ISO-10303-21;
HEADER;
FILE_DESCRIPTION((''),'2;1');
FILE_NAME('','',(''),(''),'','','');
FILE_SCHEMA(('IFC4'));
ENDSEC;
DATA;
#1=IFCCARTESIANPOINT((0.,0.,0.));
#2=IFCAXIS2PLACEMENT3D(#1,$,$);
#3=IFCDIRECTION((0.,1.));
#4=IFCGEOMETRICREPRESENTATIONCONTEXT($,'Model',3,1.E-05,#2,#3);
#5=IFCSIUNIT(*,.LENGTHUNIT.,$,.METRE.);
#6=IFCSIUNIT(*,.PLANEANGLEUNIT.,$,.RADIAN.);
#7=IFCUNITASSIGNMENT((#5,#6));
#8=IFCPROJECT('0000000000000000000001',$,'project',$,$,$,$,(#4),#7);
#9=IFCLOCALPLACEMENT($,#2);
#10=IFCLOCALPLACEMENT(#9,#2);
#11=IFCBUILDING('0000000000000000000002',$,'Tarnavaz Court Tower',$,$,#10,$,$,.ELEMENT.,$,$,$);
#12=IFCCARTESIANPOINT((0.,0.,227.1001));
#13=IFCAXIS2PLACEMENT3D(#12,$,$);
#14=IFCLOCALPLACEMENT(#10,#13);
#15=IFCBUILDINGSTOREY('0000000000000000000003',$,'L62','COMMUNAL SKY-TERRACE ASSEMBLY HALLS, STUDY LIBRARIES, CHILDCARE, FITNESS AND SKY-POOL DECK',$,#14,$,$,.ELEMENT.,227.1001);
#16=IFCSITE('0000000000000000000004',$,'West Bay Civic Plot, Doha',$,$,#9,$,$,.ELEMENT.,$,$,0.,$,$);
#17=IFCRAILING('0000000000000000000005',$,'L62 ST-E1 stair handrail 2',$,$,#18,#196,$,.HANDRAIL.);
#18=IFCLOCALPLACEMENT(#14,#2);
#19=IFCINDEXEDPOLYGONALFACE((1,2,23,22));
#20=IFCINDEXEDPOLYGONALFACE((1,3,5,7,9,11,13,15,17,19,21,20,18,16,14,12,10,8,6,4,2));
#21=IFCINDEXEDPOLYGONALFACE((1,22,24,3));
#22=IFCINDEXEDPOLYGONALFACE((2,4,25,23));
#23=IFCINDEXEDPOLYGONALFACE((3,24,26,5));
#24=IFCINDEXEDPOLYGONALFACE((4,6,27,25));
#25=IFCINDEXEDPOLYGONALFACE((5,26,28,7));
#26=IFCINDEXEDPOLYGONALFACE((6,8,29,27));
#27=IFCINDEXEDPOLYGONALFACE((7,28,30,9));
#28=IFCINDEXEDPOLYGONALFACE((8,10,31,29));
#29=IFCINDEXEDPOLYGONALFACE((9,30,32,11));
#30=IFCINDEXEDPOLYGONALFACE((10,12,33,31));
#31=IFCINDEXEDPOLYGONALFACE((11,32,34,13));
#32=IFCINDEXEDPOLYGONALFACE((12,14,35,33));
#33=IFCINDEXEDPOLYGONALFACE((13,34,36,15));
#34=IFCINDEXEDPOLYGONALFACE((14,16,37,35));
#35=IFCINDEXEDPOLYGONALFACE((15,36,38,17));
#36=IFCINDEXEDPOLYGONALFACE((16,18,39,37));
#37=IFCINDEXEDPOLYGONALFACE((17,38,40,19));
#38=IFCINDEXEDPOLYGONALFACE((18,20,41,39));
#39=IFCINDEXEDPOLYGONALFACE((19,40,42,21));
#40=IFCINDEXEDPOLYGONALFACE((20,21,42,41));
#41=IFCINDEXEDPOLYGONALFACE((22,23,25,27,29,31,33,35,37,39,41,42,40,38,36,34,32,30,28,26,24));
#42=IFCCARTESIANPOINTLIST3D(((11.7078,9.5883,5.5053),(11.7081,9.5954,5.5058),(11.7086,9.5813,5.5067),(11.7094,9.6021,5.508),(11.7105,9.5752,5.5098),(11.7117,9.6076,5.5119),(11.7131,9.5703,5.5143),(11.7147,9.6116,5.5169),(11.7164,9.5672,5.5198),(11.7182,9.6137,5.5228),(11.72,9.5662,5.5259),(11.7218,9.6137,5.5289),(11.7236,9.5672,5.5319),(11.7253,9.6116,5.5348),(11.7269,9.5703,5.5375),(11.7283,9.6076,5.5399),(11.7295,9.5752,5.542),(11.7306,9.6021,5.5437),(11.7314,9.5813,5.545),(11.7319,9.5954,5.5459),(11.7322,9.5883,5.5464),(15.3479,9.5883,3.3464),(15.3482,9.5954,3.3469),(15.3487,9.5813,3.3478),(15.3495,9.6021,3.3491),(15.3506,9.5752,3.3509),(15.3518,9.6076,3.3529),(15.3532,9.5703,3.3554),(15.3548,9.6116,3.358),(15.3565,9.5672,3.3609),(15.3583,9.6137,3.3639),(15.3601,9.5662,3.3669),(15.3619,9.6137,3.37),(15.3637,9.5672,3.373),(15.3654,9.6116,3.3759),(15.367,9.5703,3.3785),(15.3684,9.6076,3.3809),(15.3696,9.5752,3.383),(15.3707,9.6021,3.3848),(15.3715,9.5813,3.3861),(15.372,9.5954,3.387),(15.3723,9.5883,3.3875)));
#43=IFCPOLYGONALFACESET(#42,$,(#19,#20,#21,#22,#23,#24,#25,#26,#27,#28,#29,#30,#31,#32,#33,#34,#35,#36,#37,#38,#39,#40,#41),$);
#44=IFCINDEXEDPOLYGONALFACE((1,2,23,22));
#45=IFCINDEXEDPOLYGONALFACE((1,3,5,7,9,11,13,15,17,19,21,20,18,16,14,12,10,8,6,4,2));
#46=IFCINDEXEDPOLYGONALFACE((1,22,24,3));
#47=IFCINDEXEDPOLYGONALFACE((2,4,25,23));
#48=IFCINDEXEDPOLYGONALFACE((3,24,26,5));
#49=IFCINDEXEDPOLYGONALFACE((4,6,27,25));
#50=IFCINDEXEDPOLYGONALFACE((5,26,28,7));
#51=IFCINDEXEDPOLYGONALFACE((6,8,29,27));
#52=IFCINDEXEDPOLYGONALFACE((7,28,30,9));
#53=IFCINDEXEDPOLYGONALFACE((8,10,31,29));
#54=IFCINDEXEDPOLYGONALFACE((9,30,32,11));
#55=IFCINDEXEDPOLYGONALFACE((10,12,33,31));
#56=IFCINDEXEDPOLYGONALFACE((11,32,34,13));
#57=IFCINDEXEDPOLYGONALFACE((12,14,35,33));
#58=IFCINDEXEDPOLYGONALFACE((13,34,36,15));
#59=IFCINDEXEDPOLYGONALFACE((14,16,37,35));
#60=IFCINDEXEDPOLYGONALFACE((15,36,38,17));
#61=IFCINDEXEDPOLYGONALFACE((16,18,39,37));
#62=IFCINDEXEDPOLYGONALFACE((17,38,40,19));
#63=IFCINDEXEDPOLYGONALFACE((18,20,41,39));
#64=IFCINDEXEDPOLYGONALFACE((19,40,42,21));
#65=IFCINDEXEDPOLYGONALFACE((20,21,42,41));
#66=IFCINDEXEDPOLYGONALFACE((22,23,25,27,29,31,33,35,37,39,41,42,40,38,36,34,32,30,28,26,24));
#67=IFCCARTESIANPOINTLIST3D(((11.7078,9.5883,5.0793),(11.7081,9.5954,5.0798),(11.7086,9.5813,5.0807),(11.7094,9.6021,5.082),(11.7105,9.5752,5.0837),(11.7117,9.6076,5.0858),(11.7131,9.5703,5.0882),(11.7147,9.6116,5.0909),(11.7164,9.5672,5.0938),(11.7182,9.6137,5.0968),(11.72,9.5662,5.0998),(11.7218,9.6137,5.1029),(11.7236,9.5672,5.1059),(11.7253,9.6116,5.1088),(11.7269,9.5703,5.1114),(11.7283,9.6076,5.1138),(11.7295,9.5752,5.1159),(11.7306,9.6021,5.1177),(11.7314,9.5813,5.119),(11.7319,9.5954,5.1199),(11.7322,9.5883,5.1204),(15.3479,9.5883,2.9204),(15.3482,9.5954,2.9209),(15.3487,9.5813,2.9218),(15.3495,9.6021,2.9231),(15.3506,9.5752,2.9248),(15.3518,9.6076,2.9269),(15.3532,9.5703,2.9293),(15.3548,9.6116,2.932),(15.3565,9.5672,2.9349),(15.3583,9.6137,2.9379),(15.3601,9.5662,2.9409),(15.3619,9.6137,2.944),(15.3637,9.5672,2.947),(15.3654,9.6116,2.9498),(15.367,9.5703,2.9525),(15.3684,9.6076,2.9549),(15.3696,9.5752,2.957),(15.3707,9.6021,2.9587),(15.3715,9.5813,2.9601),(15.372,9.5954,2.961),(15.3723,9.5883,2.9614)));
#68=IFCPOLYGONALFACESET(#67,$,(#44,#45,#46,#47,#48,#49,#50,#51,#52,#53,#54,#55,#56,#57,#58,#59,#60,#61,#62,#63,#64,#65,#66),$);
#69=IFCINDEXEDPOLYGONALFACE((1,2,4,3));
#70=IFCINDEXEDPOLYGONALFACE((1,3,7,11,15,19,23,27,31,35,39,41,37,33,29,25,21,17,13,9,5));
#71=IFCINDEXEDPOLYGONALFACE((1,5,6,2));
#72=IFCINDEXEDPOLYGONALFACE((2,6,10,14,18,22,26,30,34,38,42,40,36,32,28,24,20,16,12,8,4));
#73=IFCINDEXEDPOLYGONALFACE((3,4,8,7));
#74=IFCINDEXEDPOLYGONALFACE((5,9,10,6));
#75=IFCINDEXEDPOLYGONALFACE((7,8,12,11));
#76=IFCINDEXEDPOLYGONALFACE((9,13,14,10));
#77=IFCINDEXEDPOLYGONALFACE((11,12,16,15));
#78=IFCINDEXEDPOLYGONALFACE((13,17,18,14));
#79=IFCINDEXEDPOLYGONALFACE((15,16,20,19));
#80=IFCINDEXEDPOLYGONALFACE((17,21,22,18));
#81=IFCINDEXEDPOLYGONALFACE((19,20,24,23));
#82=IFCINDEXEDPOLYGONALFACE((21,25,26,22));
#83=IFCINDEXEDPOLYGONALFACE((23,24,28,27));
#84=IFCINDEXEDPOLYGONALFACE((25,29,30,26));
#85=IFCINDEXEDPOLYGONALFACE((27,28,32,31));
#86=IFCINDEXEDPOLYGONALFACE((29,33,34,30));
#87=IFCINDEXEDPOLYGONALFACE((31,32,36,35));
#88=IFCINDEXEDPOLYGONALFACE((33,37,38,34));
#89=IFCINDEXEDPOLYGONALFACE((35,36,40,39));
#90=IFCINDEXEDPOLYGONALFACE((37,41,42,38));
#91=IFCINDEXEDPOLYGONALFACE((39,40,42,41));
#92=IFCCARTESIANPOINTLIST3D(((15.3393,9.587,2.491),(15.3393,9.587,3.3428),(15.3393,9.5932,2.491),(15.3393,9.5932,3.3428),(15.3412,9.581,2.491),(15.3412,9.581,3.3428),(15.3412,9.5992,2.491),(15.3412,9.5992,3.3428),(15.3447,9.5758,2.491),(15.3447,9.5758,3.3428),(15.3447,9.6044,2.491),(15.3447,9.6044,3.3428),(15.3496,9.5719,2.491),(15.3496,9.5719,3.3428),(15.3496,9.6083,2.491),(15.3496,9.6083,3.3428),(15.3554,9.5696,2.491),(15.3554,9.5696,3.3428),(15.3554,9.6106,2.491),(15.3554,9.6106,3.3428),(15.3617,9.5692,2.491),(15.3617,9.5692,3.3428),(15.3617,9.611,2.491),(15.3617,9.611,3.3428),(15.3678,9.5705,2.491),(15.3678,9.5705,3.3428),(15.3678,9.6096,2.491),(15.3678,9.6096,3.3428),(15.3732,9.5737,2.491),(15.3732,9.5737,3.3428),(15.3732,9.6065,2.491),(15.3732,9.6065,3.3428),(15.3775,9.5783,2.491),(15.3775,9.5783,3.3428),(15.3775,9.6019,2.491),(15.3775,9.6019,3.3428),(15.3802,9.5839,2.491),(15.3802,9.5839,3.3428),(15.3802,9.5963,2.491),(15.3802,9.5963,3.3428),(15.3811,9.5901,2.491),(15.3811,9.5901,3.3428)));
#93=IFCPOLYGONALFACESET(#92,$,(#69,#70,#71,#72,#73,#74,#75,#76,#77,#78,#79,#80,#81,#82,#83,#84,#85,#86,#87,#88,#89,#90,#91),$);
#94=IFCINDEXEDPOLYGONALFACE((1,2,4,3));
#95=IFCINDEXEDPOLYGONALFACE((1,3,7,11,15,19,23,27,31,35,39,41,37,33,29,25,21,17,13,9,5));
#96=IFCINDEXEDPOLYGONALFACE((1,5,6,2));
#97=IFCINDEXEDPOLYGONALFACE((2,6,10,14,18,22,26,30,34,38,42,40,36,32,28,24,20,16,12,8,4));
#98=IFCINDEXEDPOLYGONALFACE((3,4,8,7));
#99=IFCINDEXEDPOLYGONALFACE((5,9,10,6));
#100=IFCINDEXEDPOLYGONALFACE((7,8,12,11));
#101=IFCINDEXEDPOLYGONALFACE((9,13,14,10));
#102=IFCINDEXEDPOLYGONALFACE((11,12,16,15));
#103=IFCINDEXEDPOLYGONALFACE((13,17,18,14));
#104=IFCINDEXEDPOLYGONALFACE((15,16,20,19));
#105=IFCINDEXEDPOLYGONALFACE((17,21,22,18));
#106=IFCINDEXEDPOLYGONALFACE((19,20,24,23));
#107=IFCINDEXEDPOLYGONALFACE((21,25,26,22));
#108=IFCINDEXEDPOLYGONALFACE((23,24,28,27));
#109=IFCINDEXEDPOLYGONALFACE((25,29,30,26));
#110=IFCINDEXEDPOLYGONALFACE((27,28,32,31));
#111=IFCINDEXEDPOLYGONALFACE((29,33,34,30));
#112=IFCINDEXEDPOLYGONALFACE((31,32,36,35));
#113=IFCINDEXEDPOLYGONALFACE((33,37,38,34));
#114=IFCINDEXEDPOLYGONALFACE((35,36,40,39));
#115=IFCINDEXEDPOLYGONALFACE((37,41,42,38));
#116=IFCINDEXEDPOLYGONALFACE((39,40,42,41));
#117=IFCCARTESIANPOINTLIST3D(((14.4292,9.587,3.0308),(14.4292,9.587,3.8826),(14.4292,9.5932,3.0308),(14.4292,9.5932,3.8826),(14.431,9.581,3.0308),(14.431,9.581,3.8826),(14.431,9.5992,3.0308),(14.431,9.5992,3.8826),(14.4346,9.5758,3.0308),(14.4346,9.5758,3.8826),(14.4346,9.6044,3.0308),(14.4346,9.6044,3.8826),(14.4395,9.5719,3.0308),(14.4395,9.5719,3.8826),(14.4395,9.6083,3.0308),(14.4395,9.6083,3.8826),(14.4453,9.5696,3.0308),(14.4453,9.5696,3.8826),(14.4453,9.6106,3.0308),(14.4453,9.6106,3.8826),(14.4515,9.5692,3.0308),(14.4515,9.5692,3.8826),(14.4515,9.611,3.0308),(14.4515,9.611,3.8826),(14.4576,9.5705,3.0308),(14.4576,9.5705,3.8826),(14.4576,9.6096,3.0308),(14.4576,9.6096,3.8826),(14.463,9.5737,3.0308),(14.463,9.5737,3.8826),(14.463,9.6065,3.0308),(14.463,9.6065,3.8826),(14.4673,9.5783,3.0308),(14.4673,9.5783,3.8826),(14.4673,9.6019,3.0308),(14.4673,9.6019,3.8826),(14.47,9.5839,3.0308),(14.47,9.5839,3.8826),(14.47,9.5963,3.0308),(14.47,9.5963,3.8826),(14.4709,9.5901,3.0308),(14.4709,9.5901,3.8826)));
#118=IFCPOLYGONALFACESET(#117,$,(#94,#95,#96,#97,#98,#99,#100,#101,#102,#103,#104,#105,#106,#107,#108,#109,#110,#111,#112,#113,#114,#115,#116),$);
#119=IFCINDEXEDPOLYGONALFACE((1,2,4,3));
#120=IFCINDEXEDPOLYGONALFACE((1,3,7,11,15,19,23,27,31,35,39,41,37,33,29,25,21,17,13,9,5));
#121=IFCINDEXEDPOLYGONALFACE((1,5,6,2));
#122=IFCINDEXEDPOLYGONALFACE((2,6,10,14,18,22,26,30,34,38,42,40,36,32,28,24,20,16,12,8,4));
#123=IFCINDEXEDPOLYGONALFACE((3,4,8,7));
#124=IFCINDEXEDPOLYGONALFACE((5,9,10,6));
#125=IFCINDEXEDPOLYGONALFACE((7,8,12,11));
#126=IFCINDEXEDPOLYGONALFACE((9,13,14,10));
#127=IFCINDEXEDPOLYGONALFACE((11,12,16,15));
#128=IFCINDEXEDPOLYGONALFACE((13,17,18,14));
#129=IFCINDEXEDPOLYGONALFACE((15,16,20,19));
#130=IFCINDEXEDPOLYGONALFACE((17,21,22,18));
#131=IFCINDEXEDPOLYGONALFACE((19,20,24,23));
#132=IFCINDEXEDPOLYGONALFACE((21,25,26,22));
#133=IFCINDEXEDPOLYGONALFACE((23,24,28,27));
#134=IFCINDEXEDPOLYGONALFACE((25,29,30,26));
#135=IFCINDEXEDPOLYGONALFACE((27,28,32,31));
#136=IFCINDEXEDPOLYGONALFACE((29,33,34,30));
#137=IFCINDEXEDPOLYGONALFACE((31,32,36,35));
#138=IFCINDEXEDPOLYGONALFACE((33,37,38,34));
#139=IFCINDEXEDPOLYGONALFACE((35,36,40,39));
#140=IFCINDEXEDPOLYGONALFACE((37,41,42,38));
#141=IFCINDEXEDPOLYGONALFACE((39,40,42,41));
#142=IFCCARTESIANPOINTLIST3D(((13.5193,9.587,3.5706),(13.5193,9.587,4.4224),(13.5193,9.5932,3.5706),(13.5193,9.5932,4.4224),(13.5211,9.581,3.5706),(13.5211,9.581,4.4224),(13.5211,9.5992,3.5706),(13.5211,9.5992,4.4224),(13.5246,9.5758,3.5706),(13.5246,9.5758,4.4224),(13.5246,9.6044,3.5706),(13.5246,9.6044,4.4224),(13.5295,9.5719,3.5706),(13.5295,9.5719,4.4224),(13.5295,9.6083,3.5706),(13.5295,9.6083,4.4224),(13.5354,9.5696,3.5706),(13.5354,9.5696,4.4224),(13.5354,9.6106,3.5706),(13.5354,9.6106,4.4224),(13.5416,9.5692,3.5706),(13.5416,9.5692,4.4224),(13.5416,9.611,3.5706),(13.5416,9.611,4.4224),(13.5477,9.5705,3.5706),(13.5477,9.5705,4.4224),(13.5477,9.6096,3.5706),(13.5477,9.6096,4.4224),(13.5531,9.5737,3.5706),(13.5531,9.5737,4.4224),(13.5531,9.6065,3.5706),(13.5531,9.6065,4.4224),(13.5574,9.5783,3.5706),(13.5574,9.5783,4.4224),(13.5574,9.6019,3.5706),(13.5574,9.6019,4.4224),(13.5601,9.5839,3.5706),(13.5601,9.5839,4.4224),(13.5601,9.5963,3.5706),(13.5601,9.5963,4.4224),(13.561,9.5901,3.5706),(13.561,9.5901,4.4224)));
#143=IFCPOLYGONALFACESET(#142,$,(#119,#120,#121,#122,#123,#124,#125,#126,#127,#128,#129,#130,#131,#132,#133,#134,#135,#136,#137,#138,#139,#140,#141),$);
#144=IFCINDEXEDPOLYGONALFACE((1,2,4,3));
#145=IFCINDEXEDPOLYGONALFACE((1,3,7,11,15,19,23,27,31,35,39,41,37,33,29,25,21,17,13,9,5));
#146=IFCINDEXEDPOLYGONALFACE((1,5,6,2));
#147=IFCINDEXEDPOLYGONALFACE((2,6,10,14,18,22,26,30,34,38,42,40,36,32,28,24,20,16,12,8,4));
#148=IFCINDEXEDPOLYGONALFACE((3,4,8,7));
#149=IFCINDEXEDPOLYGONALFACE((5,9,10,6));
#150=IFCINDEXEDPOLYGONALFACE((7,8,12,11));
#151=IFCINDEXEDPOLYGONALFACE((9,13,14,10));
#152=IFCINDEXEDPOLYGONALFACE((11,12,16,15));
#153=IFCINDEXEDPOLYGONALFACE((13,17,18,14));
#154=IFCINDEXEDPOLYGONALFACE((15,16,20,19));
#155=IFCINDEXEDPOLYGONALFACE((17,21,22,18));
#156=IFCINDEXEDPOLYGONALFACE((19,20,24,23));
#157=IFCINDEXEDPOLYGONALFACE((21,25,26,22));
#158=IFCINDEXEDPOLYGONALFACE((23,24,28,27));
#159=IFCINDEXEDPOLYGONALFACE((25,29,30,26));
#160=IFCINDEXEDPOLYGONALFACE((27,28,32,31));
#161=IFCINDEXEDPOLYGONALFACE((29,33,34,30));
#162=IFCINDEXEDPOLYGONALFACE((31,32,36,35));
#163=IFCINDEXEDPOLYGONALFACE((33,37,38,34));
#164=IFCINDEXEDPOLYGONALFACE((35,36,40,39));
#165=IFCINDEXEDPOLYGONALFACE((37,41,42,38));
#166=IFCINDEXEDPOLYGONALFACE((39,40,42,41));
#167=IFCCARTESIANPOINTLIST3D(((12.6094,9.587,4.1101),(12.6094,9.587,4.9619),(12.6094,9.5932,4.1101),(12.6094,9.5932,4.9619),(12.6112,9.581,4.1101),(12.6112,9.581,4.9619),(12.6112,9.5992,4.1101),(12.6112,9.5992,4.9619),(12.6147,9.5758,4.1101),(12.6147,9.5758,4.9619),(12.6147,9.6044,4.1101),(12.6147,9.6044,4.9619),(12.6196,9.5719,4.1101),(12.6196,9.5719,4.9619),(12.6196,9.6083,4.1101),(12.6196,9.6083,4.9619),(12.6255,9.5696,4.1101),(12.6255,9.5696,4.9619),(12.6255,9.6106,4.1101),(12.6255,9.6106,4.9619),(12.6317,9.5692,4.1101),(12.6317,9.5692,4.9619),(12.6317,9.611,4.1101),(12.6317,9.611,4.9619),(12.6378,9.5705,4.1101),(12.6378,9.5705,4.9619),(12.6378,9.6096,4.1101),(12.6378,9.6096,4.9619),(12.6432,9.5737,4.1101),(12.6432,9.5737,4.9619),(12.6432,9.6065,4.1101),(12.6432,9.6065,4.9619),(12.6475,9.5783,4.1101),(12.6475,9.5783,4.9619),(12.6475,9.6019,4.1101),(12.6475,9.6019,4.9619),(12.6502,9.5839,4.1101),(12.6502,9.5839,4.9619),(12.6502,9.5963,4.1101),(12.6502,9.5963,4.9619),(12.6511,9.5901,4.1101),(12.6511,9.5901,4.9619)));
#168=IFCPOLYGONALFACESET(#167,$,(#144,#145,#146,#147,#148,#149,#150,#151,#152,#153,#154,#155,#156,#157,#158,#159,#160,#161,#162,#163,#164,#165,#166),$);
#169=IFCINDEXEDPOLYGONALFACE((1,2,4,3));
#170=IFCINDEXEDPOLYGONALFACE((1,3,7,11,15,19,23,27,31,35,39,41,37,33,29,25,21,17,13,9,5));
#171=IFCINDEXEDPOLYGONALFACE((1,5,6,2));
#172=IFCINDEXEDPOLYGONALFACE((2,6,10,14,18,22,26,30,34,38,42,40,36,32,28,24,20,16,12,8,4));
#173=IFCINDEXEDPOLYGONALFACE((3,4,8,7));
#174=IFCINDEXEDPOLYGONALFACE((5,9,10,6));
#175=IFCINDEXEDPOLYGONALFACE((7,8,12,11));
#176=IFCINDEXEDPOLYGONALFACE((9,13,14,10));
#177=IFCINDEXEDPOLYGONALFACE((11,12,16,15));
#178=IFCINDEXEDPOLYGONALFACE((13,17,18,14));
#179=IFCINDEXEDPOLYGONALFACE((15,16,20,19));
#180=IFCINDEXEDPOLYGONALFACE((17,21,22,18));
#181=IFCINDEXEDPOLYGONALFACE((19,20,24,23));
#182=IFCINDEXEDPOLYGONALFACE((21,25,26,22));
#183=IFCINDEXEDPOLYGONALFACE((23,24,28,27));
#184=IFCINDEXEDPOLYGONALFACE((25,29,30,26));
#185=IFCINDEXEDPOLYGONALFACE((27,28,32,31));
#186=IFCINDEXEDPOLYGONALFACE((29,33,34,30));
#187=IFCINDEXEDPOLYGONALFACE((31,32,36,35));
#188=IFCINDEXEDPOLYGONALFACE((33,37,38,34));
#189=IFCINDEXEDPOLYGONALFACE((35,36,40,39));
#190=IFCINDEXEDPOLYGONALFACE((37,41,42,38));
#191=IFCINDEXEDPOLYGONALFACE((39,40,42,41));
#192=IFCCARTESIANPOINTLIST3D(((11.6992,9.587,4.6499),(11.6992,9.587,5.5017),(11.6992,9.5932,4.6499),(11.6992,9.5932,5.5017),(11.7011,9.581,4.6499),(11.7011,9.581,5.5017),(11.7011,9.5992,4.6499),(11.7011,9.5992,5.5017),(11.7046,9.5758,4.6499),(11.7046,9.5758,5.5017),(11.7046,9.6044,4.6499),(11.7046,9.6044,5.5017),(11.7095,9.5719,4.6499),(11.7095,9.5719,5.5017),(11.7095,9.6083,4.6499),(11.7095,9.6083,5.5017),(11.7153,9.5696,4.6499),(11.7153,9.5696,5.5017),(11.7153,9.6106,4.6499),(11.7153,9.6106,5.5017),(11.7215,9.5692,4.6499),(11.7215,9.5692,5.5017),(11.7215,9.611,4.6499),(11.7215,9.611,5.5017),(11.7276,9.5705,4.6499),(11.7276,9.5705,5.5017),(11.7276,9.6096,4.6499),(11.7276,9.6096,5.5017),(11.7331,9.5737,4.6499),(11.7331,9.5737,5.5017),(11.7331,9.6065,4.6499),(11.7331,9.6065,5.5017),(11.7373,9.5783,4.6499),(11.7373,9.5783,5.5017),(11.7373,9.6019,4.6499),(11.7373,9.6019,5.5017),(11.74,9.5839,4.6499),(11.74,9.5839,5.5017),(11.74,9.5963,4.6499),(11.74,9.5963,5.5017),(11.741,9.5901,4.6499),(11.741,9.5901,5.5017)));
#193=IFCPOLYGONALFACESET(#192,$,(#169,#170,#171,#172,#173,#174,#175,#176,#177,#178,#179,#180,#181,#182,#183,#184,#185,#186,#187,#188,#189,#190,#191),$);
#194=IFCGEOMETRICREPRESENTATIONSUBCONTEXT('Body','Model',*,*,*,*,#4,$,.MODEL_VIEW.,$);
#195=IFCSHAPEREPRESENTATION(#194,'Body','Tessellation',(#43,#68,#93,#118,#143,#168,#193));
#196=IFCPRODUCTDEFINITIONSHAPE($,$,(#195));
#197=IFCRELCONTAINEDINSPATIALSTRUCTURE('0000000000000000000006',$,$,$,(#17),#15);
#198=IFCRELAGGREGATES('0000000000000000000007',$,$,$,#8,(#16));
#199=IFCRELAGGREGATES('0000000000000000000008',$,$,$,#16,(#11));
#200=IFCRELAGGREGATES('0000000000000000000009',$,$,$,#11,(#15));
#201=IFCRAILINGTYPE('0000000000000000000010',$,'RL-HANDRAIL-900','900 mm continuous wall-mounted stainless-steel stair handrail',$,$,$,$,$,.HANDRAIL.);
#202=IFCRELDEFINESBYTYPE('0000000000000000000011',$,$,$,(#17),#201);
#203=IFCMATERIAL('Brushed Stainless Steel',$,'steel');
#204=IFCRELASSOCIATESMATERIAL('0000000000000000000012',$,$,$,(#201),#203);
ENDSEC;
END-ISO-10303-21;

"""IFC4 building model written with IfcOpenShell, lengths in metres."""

from ifc_helpers import new_model, si_unit, direction, frame, origin, origin_2d, place, context, subcontext, project, spatial, circle, extrude, material, type_object, element, save


model = new_model("IFC4")

# Units and contexts
model_context = context("Model", 3, precision=1e-05, world=origin(), true_north=direction((0.0, 1.0)))
body_context = subcontext(model_context, "Body", "Model", "MODEL_VIEW")
ifc_project = project(units=[si_unit("LENGTHUNIT", "METRE"), si_unit("PLANEANGLEUNIT", "RADIAN")], contexts=[model_context])

# Site, building, storey
site_placement = place(None, origin())
site = spatial("IfcSite", under=ifc_project, at=site_placement, Name="West Bay Civic Plot, Doha", CompositionType="ELEMENT", RefElevation=0.0)
building_placement = place(site_placement, origin())
building = spatial("IfcBuilding", under=site, at=building_placement, Name="Tarnavaz Court Tower", CompositionType="ELEMENT")
storey_placement = place(building_placement, frame((0.0, 0.0, 227.1001)))
storey = spatial("IfcBuildingStorey", under=building, at=storey_placement, Name="L62", Description="COMMUNAL SKY-TERRACE ASSEMBLY HALLS, STUDY LIBRARIES, CHILDCARE, FITNESS AND SKY-POOL DECK", CompositionType="ELEMENT", Elevation=227.1001)

# Railing
ifc_material_1 = material(Name="Brushed Stainless Steel", Category="steel")
railing_type_1 = type_object("IfcRailingType", Name="RL-HANDRAIL-900", Description="900 mm continuous wall-mounted stainless-steel stair handrail", PredefinedType="HANDRAIL", material=ifc_material_1)
railing_1_placement = place(storey_placement, frame((15.3601, 9.5901, 2.491)))
element("IfcRailing", 1, at=railing_1_placement, inside=storey, type_object=railing_type_1, Name="L62 ST-E1 stair handrail 2", PredefinedType="HANDRAIL", context=body_context, shape_type="SweptSolid", body=[
    extrude(circle(Radius=0.0239, at=origin_2d()), frame((0.0, 0.0, 0.876), z_axis=(-0.860103, 0.0, 0.51012), x_axis=(0.0, -1.0, 0.0)), (0.0, 0.0, 1.0), 4.2322),
    extrude(circle(Radius=0.0239, at=origin_2d()), frame((0.0, 0.0, 0.45), z_axis=(-0.860103, 0.0, 0.51012), x_axis=(0.0, -1.0, 0.0)), (0.0, 0.0, 1.0), 4.2322),
    extrude(circle(Radius=0.021, at=origin_2d()), origin(), (0.0, 0.0, 1.0), 0.8518),
    extrude(circle(Radius=0.021, at=origin_2d()), frame((-0.9102, 0.0, 0.5398)), (0.0, 0.0, 1.0), 0.8518),
    extrude(circle(Radius=0.021, at=origin_2d()), frame((-1.8201, 0.0, 1.0796)), (0.0, 0.0, 1.0), 0.8518),
    extrude(circle(Radius=0.021, at=origin_2d()), frame((-2.73, 0.0, 1.6191)), (0.0, 0.0, 1.0), 0.8518),
    extrude(circle(Radius=0.021, at=origin_2d()), frame((-3.6401, 0.0, 2.1589)), (0.0, 0.0, 1.0), 0.8518),
])

save(model, "model.ifc")
